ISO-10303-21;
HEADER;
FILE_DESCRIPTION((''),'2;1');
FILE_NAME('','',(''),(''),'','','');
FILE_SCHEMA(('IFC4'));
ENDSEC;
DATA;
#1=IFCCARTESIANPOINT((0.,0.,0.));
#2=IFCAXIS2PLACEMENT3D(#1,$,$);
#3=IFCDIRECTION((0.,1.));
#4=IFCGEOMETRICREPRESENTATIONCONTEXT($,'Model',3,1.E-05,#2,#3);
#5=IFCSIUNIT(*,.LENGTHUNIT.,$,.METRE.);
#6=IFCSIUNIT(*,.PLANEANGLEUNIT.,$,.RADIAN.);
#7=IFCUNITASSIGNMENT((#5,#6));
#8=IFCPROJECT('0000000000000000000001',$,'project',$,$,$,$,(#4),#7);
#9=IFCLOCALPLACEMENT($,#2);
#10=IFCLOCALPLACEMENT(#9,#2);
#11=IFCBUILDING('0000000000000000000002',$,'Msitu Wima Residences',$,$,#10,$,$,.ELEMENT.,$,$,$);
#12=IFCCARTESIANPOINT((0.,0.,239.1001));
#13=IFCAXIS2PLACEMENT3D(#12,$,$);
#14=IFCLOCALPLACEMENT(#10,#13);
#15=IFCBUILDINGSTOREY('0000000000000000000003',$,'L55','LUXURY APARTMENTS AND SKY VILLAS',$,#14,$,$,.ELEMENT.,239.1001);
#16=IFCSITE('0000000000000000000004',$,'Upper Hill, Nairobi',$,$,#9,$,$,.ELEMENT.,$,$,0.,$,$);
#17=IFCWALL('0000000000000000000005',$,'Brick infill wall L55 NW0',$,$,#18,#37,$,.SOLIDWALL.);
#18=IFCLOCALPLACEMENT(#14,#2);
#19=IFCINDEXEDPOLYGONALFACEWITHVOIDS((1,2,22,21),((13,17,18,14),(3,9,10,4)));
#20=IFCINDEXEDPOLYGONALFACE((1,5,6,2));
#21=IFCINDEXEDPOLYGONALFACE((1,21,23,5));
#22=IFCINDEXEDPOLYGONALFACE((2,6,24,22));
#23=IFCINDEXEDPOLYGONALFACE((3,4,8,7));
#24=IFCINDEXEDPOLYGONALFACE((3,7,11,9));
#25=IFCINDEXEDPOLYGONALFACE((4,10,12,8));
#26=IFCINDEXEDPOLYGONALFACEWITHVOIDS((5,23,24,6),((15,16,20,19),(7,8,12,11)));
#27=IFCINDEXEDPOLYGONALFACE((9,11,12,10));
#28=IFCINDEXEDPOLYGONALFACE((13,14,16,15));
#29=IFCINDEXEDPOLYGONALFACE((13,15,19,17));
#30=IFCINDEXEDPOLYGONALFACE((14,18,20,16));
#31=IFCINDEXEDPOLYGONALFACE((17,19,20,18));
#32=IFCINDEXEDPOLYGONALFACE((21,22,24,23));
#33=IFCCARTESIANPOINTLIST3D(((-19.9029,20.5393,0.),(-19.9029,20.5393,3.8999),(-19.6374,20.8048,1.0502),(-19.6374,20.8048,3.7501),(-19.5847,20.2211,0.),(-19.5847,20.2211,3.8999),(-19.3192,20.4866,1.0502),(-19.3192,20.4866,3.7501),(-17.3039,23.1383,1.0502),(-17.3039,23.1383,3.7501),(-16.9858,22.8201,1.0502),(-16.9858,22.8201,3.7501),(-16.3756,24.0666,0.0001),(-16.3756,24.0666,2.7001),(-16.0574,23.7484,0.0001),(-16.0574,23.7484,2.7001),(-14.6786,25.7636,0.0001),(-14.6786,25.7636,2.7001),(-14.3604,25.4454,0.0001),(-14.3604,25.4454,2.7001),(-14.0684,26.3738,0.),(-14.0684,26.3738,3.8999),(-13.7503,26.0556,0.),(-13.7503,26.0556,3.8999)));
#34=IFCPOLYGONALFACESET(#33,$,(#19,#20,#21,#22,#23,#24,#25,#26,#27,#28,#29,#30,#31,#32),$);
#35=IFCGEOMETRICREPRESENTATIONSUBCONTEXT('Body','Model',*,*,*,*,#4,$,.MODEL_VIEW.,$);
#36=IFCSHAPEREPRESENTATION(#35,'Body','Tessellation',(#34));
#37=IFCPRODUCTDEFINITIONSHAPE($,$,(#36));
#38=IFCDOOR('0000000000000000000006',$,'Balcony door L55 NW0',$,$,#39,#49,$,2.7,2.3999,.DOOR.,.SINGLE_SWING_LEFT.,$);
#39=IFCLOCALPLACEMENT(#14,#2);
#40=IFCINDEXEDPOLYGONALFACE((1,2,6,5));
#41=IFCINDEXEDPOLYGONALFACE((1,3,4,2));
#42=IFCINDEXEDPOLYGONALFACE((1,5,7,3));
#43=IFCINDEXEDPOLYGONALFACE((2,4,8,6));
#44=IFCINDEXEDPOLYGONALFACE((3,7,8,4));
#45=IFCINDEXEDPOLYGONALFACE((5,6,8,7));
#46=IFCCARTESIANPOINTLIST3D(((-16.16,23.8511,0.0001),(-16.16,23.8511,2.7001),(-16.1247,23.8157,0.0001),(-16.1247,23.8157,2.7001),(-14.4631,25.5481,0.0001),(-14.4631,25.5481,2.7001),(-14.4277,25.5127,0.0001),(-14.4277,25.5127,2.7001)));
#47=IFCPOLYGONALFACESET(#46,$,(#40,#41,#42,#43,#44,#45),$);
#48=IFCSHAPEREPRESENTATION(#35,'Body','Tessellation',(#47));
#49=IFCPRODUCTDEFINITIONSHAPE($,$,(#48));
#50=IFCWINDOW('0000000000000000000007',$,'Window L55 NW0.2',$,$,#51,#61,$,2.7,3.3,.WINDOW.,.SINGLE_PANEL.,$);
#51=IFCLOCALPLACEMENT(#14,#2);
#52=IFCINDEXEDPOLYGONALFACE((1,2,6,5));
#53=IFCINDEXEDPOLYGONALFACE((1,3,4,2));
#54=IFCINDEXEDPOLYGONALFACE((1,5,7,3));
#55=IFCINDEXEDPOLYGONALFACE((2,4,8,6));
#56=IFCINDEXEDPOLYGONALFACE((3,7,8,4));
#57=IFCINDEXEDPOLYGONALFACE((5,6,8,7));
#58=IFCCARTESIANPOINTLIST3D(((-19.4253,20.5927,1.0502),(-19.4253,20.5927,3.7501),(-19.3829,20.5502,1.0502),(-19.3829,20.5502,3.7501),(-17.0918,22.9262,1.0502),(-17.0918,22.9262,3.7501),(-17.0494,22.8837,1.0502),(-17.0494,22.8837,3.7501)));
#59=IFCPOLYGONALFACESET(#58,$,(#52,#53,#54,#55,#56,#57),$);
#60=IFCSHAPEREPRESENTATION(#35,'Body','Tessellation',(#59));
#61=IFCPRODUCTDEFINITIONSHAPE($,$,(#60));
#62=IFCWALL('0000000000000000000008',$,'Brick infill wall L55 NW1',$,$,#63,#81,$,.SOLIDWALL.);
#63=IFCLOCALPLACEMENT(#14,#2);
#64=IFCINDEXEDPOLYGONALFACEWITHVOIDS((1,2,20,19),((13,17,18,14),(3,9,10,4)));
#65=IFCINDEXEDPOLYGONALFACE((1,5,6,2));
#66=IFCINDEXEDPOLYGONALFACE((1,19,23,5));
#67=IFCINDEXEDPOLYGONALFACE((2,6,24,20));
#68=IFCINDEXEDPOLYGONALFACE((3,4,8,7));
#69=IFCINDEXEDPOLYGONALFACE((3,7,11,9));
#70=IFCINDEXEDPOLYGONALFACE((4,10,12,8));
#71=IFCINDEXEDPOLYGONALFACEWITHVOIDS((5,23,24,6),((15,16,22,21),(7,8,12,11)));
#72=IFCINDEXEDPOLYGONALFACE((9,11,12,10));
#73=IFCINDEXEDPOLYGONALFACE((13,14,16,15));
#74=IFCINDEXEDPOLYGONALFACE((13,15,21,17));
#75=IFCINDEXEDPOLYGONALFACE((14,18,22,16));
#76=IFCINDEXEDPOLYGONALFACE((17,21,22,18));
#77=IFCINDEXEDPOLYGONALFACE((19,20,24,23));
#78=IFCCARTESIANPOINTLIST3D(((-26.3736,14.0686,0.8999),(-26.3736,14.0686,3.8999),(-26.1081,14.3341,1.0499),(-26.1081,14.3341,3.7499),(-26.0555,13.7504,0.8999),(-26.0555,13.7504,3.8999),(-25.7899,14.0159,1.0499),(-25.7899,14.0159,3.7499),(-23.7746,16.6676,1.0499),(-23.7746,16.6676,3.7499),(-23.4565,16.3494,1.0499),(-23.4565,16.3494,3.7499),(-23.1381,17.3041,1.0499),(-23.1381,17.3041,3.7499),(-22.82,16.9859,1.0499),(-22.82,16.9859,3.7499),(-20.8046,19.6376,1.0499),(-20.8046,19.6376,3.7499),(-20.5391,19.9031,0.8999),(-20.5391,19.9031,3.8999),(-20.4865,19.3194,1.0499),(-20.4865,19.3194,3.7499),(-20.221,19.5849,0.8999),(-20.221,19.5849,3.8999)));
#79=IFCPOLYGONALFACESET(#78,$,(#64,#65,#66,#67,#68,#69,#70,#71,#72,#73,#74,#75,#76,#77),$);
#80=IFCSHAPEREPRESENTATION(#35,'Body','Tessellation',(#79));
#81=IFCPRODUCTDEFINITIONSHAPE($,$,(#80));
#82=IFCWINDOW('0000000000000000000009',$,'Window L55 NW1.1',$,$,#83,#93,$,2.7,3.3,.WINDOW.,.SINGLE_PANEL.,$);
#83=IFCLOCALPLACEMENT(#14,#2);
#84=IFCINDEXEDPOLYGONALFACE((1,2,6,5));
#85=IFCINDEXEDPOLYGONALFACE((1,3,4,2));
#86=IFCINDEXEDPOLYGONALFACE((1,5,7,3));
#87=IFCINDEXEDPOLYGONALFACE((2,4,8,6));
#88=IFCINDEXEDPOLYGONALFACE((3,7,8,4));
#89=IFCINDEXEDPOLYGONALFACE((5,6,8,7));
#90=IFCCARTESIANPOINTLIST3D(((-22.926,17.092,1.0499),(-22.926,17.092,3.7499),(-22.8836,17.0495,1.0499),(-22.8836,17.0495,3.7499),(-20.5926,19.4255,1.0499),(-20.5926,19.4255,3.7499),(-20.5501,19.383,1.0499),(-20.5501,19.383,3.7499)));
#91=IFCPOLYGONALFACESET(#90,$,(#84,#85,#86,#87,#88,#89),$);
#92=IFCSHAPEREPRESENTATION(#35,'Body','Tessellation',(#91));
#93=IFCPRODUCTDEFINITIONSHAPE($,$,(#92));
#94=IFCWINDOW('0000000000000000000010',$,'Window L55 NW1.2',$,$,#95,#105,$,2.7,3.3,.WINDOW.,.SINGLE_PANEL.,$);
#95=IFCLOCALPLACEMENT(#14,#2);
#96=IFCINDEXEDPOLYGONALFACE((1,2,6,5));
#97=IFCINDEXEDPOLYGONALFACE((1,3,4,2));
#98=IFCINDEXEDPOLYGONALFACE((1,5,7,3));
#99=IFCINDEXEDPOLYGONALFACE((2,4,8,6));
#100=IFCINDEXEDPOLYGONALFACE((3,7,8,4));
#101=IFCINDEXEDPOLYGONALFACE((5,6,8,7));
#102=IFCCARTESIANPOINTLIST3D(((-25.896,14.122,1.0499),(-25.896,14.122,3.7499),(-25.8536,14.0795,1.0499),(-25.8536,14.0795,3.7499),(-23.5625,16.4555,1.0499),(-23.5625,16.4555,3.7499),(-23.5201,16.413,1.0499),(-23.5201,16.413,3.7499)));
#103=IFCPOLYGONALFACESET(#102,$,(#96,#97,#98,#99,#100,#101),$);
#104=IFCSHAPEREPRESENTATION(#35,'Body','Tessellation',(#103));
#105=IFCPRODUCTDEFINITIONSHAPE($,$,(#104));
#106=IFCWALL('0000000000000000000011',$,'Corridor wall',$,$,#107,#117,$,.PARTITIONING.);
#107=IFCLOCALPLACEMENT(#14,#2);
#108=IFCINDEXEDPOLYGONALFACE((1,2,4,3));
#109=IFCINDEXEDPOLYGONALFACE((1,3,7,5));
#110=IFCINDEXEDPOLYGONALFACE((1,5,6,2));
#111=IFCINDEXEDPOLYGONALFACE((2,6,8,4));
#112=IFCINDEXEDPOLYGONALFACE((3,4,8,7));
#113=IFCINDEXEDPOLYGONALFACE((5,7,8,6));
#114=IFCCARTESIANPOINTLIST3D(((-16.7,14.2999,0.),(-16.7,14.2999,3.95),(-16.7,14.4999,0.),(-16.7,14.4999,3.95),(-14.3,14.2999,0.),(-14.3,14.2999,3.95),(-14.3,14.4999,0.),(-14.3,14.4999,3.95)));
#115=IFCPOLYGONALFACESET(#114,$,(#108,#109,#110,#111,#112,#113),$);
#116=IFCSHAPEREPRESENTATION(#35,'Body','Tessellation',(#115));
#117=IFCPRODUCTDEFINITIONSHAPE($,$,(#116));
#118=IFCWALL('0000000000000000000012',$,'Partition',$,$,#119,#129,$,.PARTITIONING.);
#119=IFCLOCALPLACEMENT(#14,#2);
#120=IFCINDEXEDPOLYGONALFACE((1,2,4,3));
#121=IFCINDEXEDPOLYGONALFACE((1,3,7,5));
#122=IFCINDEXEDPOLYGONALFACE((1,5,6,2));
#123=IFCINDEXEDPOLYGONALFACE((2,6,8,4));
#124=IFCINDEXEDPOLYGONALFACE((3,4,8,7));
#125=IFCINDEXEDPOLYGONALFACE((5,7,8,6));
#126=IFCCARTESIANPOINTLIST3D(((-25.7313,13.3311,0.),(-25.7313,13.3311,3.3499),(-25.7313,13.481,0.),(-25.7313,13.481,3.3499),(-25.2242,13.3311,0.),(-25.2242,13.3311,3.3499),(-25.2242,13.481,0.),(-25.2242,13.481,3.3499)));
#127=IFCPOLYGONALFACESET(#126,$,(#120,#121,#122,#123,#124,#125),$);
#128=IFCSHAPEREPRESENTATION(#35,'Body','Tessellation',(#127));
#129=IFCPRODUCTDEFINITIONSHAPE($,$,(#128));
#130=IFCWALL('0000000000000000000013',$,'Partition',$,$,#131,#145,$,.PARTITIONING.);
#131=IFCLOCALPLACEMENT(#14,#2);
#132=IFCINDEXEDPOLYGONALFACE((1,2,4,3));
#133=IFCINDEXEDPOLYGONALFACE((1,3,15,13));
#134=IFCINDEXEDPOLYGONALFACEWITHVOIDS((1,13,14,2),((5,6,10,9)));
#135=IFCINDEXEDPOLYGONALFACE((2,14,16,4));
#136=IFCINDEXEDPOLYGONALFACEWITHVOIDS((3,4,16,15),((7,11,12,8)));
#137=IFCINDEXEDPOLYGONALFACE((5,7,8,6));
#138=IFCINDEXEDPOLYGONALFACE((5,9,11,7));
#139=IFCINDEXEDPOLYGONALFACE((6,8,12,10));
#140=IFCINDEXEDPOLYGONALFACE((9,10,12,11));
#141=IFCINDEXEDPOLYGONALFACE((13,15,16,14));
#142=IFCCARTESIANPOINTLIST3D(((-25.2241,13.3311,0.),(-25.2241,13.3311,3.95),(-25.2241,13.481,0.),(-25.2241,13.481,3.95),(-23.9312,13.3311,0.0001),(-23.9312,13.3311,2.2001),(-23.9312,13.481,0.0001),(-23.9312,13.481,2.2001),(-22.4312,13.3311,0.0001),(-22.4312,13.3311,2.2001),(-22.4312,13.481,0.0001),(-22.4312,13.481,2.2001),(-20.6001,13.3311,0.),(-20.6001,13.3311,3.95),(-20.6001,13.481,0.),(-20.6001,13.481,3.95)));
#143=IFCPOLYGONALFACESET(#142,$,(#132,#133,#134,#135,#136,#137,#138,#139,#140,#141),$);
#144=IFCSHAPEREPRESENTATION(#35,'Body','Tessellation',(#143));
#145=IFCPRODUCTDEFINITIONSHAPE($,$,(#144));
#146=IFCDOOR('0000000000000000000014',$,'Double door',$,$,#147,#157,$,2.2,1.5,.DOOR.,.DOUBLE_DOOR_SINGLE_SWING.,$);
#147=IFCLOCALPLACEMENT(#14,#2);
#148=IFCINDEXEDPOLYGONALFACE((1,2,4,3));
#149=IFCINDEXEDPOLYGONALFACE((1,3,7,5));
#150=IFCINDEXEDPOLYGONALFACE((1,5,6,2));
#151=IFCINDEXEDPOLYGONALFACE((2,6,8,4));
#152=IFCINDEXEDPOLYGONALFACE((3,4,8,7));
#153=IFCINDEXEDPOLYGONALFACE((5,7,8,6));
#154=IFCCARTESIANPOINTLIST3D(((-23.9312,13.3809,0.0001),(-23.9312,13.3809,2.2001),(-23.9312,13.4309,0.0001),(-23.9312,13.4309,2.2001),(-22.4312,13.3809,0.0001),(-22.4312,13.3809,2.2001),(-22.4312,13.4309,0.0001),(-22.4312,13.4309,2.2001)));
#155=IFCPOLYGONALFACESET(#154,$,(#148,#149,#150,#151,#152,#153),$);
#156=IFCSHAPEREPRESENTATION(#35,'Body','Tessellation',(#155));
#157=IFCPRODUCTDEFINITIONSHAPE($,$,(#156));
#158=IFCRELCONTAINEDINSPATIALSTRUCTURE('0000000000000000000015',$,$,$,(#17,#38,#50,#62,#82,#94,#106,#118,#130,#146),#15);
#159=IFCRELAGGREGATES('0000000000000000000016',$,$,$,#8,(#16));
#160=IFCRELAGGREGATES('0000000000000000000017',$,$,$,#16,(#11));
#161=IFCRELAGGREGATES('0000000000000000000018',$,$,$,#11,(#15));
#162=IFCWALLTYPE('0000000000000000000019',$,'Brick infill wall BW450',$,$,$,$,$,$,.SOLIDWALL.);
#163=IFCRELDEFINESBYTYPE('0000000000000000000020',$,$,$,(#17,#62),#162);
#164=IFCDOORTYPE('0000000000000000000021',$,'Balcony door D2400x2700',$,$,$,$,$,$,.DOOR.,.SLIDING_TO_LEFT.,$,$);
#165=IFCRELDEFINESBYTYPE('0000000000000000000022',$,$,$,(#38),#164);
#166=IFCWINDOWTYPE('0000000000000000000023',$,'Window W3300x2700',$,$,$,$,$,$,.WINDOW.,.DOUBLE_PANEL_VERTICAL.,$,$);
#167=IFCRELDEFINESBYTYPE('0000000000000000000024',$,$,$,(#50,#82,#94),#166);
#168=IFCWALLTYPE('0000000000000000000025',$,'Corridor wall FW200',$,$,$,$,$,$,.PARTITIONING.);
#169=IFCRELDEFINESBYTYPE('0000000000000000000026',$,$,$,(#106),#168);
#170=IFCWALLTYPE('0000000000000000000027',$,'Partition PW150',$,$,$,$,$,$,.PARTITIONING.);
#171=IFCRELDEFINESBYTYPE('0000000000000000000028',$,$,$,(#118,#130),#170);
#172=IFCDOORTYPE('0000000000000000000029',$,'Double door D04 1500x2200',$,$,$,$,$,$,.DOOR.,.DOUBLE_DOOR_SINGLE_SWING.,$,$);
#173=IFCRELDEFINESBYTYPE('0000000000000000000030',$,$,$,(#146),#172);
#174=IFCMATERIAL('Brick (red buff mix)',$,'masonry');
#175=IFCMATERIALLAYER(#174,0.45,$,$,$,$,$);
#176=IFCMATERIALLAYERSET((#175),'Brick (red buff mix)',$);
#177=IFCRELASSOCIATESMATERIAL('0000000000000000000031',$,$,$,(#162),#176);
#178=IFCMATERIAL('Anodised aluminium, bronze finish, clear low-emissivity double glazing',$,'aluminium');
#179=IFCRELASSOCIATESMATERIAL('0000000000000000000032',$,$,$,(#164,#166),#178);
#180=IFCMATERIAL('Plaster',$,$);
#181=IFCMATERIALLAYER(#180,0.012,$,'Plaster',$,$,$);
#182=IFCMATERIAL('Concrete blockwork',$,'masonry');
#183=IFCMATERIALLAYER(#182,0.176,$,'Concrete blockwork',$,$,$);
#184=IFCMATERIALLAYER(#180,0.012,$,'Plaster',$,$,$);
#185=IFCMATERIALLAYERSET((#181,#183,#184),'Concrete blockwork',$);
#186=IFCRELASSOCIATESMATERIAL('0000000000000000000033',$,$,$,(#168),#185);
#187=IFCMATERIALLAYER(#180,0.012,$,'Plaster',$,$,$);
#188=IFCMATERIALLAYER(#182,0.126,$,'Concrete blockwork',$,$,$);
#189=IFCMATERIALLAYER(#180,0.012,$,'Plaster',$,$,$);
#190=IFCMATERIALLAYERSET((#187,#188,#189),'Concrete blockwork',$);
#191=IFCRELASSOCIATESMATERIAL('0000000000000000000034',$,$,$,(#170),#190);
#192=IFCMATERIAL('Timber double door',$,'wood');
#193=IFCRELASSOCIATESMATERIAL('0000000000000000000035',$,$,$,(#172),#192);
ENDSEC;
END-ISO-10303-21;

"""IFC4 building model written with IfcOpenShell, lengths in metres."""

from ifc_helpers import new_model, si_unit, direction, frame, frame_2d, origin, place, context, subcontext, project, spatial, rectangle, extrude, material, layer, layer_set, type_object, element, fill, save


model = new_model("IFC4")

# Units and contexts
model_context = context("Model", 3, precision=1e-05, world=origin(), true_north=direction((0.0, 1.0)))
body_context = subcontext(model_context, "Body", "Model", "MODEL_VIEW")
ifc_project = project(units=[si_unit("LENGTHUNIT", "METRE"), si_unit("PLANEANGLEUNIT", "RADIAN")], contexts=[model_context])

# Site, building, storey
site_placement = place(None, origin())
site = spatial("IfcSite", under=ifc_project, at=site_placement, Name="Upper Hill, Nairobi", CompositionType="ELEMENT", RefElevation=0.0)
building_placement = place(site_placement, origin())
building = spatial("IfcBuilding", under=site, at=building_placement, Name="Msitu Wima Residences", CompositionType="ELEMENT")
storey_placement = place(building_placement, frame((0.0, 0.0, 239.1001)))
storey = spatial("IfcBuildingStorey", under=building, at=storey_placement, Name="L55", Description="LUXURY APARTMENTS AND SKY VILLAS", CompositionType="ELEMENT", Elevation=239.1001)

# Wall, openings, door, window
ifc_material_1 = material(Name="Brick (red buff mix)", Category="masonry")
ifc_layer_1 = layer(ifc_material_1, 0.45)
ifc_layer_set_1 = layer_set([ifc_layer_1], Name="Brick (red buff mix)")
wall_type_1 = type_object("IfcWallType", Name="Brick infill wall BW450", PredefinedType="SOLIDWALL", material=ifc_layer_set_1)
wall_1_placement = place(storey_placement, frame((-13.9094, 26.2146, 0.0), z_axis=(0.0, 0.0, 1.0), x_axis=(-0.707107, -0.707107, 0.0)))
wall_1 = element("IfcWall", 1, at=wall_1_placement, inside=storey, type_object=wall_type_1, Name="Brick infill wall L55 NW0", PredefinedType="SOLIDWALL", context=body_context, shape_type="SweptSolid", body=[
    extrude(rectangle(XDim=8.2512, YDim=0.45, at=frame_2d((4.1255, 0.0))), origin(), (0.0, 0.0, 1.0), 3.8999),
])
opening_1_placement = place(wall_1_placement, frame((0.8628, 0.0, 0.0)))
opening_1 = element("IfcOpeningElement", 2, at=opening_1_placement, cuts=wall_1, PredefinedType="OPENING", context=body_context, shape_type="SweptSolid", body=[
    extrude(rectangle(XDim=2.3999, YDim=2.7, at=frame_2d((1.2, 1.3501))), frame((0.0, 0.2349, 0.0), z_axis=(0.0, -1.0, 0.0), x_axis=(1.0, 0.0, 0.0)), (0.0, 0.0, 1.0), 0.47),
])
opening_2_placement = place(wall_1_placement, frame((4.5757, 0.0, 1.05)))
opening_2 = element("IfcOpeningElement", 3, at=opening_2_placement, cuts=wall_1, PredefinedType="OPENING", context=body_context, shape_type="SweptSolid", body=[
    extrude(rectangle(XDim=3.3, YDim=2.7, at=frame_2d((1.6499, 1.3501))), frame((0.0, 0.2349, 0.0), z_axis=(0.0, -1.0, 0.0), x_axis=(1.0, 0.0, 0.0)), (0.0, 0.0, 1.0), 0.47),
])
ifc_material_2 = material(Name="Anodised aluminium, bronze finish, clear low-emissivity double glazing", Category="aluminium")
door_type_1 = type_object("IfcDoorType", Name="Balcony door D2400x2700", OperationType="SLIDING_TO_LEFT", PredefinedType="DOOR", material=ifc_material_2)
door_1_placement = place(opening_1_placement, origin())
door_1 = element("IfcDoor", 4, at=door_1_placement, inside=storey, type_object=door_type_1, Name="Balcony door L55 NW0", OperationType="SINGLE_SWING_LEFT", OverallHeight=2.7, OverallWidth=2.3999, PredefinedType="DOOR", context=body_context, shape_type="SweptSolid", body=[
    extrude(rectangle(XDim=2.3999, YDim=2.7, at=frame_2d((1.2, 1.3501))), frame((0.0, 0.1299, 0.0), z_axis=(0.0, -1.0, 0.0), x_axis=(1.0, 0.0, 0.0)), (0.0, 0.0, 1.0), 0.05),
])
fill(opening_1, door_1)
window_type = type_object("IfcWindowType", Name="Window W3300x2700", PartitioningType="DOUBLE_PANEL_VERTICAL", PredefinedType="WINDOW", material=ifc_material_2)
window_1_placement = place(opening_2_placement, origin())
window_1 = element("IfcWindow", 5, at=window_1_placement, inside=storey, type_object=window_type, Name="Window L55 NW0.2", OverallHeight=2.7, OverallWidth=3.3, PartitioningType="SINGLE_PANEL", PredefinedType="WINDOW", context=body_context, shape_type="SweptSolid", body=[
    extrude(rectangle(XDim=3.3, YDim=2.7, at=frame_2d((1.6499, 1.3501))), frame((0.0, 0.135, 0.0), z_axis=(0.0, -1.0, 0.0), x_axis=(1.0, 0.0, 0.0)), (0.0, 0.0, 1.0), 0.0601),
])
fill(opening_2, window_1)

# Wall, openings, windows
wall_2_placement = place(storey_placement, frame((-20.3801, 19.7439, 0.8999), z_axis=(0.0, 0.0, 1.0), x_axis=(-0.707107, -0.707107, 0.0)))
wall_2 = element("IfcWall", 6, at=wall_2_placement, inside=storey, type_object=wall_type_1, Name="Brick infill wall L55 NW1", PredefinedType="SOLIDWALL", context=body_context, shape_type="SweptSolid", body=[
    extrude(rectangle(XDim=8.2512, YDim=0.45, at=frame_2d((4.1255, 0.0))), origin(), (0.0, 0.0, 1.0), 3.0),
])
opening_3_placement = place(wall_2_placement, frame((0.3755, 0.0, 0.1499)))
opening_3 = element("IfcOpeningElement", 7, at=opening_3_placement, cuts=wall_2, PredefinedType="OPENING", context=body_context, shape_type="SweptSolid", body=[
    extrude(rectangle(XDim=3.3, YDim=2.7, at=frame_2d((1.6499, 1.3501))), frame((0.0, 0.2349, 0.0), z_axis=(0.0, -1.0, 0.0), x_axis=(1.0, 0.0, 0.0)), (0.0, 0.0, 1.0), 0.47),
])
opening_4_placement = place(wall_2_placement, frame((4.5757, 0.0, 0.1499)))
opening_4 = element("IfcOpeningElement", 8, at=opening_4_placement, cuts=wall_2, PredefinedType="OPENING", context=body_context, shape_type="SweptSolid", body=[
    extrude(rectangle(XDim=3.3, YDim=2.7, at=frame_2d((1.6499, 1.3501))), frame((0.0, 0.2349, 0.0), z_axis=(0.0, -1.0, 0.0), x_axis=(1.0, 0.0, 0.0)), (0.0, 0.0, 1.0), 0.47),
])
window_2_placement = place(opening_3_placement, origin())
window_2 = element("IfcWindow", 9, at=window_2_placement, inside=storey, type_object=window_type, Name="Window L55 NW1.1", OverallHeight=2.7, OverallWidth=3.3, PartitioningType="SINGLE_PANEL", PredefinedType="WINDOW", context=body_context, shape_type="SweptSolid", body=[
    extrude(rectangle(XDim=3.3, YDim=2.7, at=frame_2d((1.6499, 1.3501))), frame((0.0, 0.135, 0.0), z_axis=(0.0, -1.0, 0.0), x_axis=(1.0, 0.0, 0.0)), (0.0, 0.0, 1.0), 0.0601),
])
fill(opening_3, window_2)
window_3_placement = place(opening_4_placement, origin())
window_3 = element("IfcWindow", 10, at=window_3_placement, inside=storey, type_object=window_type, Name="Window L55 NW1.2", OverallHeight=2.7, OverallWidth=3.3, PartitioningType="SINGLE_PANEL", PredefinedType="WINDOW", context=body_context, shape_type="SweptSolid", body=[
    extrude(rectangle(XDim=3.3, YDim=2.7, at=frame_2d((1.6499, 1.3501))), frame((0.0, 0.135, 0.0), z_axis=(0.0, -1.0, 0.0), x_axis=(1.0, 0.0, 0.0)), (0.0, 0.0, 1.0), 0.0601),
])
fill(opening_4, window_3)

# Walls
ifc_material_3 = material(Name="Plaster")
ifc_layer_2 = layer(ifc_material_3, 0.012, Name="Plaster")
ifc_material_4 = material(Name="Concrete blockwork", Category="masonry")
ifc_layer_3 = layer(ifc_material_4, 0.176, Name="Concrete blockwork")
ifc_layer_4 = layer(ifc_material_3, 0.012, Name="Plaster")
ifc_layer_set_2 = layer_set([ifc_layer_2, ifc_layer_3, ifc_layer_4], Name="Concrete blockwork")
wall_type_2 = type_object("IfcWallType", Name="Corridor wall FW200", PredefinedType="PARTITIONING", material=ifc_layer_set_2)
wall_3_placement = place(storey_placement, frame((-16.7, 14.3999, 0.0), z_axis=(0.0, 0.0, 1.0), x_axis=(1.0, 0.0, 0.0)))
element("IfcWall", 11, at=wall_3_placement, inside=storey, type_object=wall_type_2, Name="Corridor wall", PredefinedType="PARTITIONING", context=body_context, shape_type="SweptSolid", body=[
    extrude(rectangle(XDim=2.3999, YDim=0.2, at=frame_2d((1.2, 0.0))), origin(), (0.0, 0.0, 1.0), 3.95),
])
ifc_layer_5 = layer(ifc_material_3, 0.012, Name="Plaster")
ifc_layer_6 = layer(ifc_material_4, 0.126, Name="Concrete blockwork")
ifc_layer_7 = layer(ifc_material_3, 0.012, Name="Plaster")
ifc_layer_set_3 = layer_set([ifc_layer_5, ifc_layer_6, ifc_layer_7], Name="Concrete blockwork")
wall_type_3 = type_object("IfcWallType", Name="Partition PW150", PredefinedType="PARTITIONING", material=ifc_layer_set_3)
wall_4_placement = place(storey_placement, frame((-25.7312, 13.406, 0.0), z_axis=(0.0, 0.0, 1.0), x_axis=(1.0, 0.0, 0.0)))
element("IfcWall", 12, at=wall_4_placement, inside=storey, type_object=wall_type_3, Name="Partition", PredefinedType="PARTITIONING", context=body_context, shape_type="SweptSolid", body=[
    extrude(rectangle(XDim=0.5071, YDim=0.1499, at=frame_2d((0.2534, 0.0))), origin(), (0.0, 0.0, 1.0), 3.3499),
])

# Wall, opening, door
wall_5_placement = place(storey_placement, frame((-25.2241, 13.406, 0.0), z_axis=(0.0, 0.0, 1.0), x_axis=(1.0, 0.0, 0.0)))
wall_5 = element("IfcWall", 13, at=wall_5_placement, inside=storey, type_object=wall_type_3, Name="Partition", PredefinedType="PARTITIONING", context=body_context, shape_type="SweptSolid", body=[
    extrude(rectangle(XDim=4.624, YDim=0.1499, at=frame_2d((2.312, 0.0))), origin(), (0.0, 0.0, 1.0), 3.95),
])
opening_5_placement = place(wall_5_placement, frame((1.293, 0.0, 0.0)))
opening_5 = element("IfcOpeningElement", 14, at=opening_5_placement, cuts=wall_5, PredefinedType="OPENING", context=body_context, shape_type="SweptSolid", body=[
    extrude(rectangle(XDim=1.5, YDim=2.2, at=frame_2d((0.75, 1.1001))), frame((0.0, 0.085, 0.0), z_axis=(0.0, -1.0, 0.0), x_axis=(1.0, 0.0, 0.0)), (0.0, 0.0, 1.0), 0.1699),
])
ifc_material_5 = material(Name="Timber double door", Category="wood")
door_type_2 = type_object("IfcDoorType", Name="Double door D04 1500x2200", OperationType="DOUBLE_DOOR_SINGLE_SWING", PredefinedType="DOOR", material=ifc_material_5)
door_2_placement = place(opening_5_placement, origin())
door_2 = element("IfcDoor", 15, at=door_2_placement, inside=storey, type_object=door_type_2, Name="Double door", OperationType="DOUBLE_DOOR_SINGLE_SWING", OverallHeight=2.2, OverallWidth=1.5, PredefinedType="DOOR", context=body_context, shape_type="SweptSolid", body=[
    extrude(rectangle(XDim=1.5, YDim=2.2, at=frame_2d((0.75, 1.1001))), frame((0.0, 0.0249, 0.0), z_axis=(0.0, -1.0, 0.0), x_axis=(1.0, 0.0, 0.0)), (0.0, 0.0, 1.0), 0.05),
])
fill(opening_5, door_2)

save(model, "model.ifc")
